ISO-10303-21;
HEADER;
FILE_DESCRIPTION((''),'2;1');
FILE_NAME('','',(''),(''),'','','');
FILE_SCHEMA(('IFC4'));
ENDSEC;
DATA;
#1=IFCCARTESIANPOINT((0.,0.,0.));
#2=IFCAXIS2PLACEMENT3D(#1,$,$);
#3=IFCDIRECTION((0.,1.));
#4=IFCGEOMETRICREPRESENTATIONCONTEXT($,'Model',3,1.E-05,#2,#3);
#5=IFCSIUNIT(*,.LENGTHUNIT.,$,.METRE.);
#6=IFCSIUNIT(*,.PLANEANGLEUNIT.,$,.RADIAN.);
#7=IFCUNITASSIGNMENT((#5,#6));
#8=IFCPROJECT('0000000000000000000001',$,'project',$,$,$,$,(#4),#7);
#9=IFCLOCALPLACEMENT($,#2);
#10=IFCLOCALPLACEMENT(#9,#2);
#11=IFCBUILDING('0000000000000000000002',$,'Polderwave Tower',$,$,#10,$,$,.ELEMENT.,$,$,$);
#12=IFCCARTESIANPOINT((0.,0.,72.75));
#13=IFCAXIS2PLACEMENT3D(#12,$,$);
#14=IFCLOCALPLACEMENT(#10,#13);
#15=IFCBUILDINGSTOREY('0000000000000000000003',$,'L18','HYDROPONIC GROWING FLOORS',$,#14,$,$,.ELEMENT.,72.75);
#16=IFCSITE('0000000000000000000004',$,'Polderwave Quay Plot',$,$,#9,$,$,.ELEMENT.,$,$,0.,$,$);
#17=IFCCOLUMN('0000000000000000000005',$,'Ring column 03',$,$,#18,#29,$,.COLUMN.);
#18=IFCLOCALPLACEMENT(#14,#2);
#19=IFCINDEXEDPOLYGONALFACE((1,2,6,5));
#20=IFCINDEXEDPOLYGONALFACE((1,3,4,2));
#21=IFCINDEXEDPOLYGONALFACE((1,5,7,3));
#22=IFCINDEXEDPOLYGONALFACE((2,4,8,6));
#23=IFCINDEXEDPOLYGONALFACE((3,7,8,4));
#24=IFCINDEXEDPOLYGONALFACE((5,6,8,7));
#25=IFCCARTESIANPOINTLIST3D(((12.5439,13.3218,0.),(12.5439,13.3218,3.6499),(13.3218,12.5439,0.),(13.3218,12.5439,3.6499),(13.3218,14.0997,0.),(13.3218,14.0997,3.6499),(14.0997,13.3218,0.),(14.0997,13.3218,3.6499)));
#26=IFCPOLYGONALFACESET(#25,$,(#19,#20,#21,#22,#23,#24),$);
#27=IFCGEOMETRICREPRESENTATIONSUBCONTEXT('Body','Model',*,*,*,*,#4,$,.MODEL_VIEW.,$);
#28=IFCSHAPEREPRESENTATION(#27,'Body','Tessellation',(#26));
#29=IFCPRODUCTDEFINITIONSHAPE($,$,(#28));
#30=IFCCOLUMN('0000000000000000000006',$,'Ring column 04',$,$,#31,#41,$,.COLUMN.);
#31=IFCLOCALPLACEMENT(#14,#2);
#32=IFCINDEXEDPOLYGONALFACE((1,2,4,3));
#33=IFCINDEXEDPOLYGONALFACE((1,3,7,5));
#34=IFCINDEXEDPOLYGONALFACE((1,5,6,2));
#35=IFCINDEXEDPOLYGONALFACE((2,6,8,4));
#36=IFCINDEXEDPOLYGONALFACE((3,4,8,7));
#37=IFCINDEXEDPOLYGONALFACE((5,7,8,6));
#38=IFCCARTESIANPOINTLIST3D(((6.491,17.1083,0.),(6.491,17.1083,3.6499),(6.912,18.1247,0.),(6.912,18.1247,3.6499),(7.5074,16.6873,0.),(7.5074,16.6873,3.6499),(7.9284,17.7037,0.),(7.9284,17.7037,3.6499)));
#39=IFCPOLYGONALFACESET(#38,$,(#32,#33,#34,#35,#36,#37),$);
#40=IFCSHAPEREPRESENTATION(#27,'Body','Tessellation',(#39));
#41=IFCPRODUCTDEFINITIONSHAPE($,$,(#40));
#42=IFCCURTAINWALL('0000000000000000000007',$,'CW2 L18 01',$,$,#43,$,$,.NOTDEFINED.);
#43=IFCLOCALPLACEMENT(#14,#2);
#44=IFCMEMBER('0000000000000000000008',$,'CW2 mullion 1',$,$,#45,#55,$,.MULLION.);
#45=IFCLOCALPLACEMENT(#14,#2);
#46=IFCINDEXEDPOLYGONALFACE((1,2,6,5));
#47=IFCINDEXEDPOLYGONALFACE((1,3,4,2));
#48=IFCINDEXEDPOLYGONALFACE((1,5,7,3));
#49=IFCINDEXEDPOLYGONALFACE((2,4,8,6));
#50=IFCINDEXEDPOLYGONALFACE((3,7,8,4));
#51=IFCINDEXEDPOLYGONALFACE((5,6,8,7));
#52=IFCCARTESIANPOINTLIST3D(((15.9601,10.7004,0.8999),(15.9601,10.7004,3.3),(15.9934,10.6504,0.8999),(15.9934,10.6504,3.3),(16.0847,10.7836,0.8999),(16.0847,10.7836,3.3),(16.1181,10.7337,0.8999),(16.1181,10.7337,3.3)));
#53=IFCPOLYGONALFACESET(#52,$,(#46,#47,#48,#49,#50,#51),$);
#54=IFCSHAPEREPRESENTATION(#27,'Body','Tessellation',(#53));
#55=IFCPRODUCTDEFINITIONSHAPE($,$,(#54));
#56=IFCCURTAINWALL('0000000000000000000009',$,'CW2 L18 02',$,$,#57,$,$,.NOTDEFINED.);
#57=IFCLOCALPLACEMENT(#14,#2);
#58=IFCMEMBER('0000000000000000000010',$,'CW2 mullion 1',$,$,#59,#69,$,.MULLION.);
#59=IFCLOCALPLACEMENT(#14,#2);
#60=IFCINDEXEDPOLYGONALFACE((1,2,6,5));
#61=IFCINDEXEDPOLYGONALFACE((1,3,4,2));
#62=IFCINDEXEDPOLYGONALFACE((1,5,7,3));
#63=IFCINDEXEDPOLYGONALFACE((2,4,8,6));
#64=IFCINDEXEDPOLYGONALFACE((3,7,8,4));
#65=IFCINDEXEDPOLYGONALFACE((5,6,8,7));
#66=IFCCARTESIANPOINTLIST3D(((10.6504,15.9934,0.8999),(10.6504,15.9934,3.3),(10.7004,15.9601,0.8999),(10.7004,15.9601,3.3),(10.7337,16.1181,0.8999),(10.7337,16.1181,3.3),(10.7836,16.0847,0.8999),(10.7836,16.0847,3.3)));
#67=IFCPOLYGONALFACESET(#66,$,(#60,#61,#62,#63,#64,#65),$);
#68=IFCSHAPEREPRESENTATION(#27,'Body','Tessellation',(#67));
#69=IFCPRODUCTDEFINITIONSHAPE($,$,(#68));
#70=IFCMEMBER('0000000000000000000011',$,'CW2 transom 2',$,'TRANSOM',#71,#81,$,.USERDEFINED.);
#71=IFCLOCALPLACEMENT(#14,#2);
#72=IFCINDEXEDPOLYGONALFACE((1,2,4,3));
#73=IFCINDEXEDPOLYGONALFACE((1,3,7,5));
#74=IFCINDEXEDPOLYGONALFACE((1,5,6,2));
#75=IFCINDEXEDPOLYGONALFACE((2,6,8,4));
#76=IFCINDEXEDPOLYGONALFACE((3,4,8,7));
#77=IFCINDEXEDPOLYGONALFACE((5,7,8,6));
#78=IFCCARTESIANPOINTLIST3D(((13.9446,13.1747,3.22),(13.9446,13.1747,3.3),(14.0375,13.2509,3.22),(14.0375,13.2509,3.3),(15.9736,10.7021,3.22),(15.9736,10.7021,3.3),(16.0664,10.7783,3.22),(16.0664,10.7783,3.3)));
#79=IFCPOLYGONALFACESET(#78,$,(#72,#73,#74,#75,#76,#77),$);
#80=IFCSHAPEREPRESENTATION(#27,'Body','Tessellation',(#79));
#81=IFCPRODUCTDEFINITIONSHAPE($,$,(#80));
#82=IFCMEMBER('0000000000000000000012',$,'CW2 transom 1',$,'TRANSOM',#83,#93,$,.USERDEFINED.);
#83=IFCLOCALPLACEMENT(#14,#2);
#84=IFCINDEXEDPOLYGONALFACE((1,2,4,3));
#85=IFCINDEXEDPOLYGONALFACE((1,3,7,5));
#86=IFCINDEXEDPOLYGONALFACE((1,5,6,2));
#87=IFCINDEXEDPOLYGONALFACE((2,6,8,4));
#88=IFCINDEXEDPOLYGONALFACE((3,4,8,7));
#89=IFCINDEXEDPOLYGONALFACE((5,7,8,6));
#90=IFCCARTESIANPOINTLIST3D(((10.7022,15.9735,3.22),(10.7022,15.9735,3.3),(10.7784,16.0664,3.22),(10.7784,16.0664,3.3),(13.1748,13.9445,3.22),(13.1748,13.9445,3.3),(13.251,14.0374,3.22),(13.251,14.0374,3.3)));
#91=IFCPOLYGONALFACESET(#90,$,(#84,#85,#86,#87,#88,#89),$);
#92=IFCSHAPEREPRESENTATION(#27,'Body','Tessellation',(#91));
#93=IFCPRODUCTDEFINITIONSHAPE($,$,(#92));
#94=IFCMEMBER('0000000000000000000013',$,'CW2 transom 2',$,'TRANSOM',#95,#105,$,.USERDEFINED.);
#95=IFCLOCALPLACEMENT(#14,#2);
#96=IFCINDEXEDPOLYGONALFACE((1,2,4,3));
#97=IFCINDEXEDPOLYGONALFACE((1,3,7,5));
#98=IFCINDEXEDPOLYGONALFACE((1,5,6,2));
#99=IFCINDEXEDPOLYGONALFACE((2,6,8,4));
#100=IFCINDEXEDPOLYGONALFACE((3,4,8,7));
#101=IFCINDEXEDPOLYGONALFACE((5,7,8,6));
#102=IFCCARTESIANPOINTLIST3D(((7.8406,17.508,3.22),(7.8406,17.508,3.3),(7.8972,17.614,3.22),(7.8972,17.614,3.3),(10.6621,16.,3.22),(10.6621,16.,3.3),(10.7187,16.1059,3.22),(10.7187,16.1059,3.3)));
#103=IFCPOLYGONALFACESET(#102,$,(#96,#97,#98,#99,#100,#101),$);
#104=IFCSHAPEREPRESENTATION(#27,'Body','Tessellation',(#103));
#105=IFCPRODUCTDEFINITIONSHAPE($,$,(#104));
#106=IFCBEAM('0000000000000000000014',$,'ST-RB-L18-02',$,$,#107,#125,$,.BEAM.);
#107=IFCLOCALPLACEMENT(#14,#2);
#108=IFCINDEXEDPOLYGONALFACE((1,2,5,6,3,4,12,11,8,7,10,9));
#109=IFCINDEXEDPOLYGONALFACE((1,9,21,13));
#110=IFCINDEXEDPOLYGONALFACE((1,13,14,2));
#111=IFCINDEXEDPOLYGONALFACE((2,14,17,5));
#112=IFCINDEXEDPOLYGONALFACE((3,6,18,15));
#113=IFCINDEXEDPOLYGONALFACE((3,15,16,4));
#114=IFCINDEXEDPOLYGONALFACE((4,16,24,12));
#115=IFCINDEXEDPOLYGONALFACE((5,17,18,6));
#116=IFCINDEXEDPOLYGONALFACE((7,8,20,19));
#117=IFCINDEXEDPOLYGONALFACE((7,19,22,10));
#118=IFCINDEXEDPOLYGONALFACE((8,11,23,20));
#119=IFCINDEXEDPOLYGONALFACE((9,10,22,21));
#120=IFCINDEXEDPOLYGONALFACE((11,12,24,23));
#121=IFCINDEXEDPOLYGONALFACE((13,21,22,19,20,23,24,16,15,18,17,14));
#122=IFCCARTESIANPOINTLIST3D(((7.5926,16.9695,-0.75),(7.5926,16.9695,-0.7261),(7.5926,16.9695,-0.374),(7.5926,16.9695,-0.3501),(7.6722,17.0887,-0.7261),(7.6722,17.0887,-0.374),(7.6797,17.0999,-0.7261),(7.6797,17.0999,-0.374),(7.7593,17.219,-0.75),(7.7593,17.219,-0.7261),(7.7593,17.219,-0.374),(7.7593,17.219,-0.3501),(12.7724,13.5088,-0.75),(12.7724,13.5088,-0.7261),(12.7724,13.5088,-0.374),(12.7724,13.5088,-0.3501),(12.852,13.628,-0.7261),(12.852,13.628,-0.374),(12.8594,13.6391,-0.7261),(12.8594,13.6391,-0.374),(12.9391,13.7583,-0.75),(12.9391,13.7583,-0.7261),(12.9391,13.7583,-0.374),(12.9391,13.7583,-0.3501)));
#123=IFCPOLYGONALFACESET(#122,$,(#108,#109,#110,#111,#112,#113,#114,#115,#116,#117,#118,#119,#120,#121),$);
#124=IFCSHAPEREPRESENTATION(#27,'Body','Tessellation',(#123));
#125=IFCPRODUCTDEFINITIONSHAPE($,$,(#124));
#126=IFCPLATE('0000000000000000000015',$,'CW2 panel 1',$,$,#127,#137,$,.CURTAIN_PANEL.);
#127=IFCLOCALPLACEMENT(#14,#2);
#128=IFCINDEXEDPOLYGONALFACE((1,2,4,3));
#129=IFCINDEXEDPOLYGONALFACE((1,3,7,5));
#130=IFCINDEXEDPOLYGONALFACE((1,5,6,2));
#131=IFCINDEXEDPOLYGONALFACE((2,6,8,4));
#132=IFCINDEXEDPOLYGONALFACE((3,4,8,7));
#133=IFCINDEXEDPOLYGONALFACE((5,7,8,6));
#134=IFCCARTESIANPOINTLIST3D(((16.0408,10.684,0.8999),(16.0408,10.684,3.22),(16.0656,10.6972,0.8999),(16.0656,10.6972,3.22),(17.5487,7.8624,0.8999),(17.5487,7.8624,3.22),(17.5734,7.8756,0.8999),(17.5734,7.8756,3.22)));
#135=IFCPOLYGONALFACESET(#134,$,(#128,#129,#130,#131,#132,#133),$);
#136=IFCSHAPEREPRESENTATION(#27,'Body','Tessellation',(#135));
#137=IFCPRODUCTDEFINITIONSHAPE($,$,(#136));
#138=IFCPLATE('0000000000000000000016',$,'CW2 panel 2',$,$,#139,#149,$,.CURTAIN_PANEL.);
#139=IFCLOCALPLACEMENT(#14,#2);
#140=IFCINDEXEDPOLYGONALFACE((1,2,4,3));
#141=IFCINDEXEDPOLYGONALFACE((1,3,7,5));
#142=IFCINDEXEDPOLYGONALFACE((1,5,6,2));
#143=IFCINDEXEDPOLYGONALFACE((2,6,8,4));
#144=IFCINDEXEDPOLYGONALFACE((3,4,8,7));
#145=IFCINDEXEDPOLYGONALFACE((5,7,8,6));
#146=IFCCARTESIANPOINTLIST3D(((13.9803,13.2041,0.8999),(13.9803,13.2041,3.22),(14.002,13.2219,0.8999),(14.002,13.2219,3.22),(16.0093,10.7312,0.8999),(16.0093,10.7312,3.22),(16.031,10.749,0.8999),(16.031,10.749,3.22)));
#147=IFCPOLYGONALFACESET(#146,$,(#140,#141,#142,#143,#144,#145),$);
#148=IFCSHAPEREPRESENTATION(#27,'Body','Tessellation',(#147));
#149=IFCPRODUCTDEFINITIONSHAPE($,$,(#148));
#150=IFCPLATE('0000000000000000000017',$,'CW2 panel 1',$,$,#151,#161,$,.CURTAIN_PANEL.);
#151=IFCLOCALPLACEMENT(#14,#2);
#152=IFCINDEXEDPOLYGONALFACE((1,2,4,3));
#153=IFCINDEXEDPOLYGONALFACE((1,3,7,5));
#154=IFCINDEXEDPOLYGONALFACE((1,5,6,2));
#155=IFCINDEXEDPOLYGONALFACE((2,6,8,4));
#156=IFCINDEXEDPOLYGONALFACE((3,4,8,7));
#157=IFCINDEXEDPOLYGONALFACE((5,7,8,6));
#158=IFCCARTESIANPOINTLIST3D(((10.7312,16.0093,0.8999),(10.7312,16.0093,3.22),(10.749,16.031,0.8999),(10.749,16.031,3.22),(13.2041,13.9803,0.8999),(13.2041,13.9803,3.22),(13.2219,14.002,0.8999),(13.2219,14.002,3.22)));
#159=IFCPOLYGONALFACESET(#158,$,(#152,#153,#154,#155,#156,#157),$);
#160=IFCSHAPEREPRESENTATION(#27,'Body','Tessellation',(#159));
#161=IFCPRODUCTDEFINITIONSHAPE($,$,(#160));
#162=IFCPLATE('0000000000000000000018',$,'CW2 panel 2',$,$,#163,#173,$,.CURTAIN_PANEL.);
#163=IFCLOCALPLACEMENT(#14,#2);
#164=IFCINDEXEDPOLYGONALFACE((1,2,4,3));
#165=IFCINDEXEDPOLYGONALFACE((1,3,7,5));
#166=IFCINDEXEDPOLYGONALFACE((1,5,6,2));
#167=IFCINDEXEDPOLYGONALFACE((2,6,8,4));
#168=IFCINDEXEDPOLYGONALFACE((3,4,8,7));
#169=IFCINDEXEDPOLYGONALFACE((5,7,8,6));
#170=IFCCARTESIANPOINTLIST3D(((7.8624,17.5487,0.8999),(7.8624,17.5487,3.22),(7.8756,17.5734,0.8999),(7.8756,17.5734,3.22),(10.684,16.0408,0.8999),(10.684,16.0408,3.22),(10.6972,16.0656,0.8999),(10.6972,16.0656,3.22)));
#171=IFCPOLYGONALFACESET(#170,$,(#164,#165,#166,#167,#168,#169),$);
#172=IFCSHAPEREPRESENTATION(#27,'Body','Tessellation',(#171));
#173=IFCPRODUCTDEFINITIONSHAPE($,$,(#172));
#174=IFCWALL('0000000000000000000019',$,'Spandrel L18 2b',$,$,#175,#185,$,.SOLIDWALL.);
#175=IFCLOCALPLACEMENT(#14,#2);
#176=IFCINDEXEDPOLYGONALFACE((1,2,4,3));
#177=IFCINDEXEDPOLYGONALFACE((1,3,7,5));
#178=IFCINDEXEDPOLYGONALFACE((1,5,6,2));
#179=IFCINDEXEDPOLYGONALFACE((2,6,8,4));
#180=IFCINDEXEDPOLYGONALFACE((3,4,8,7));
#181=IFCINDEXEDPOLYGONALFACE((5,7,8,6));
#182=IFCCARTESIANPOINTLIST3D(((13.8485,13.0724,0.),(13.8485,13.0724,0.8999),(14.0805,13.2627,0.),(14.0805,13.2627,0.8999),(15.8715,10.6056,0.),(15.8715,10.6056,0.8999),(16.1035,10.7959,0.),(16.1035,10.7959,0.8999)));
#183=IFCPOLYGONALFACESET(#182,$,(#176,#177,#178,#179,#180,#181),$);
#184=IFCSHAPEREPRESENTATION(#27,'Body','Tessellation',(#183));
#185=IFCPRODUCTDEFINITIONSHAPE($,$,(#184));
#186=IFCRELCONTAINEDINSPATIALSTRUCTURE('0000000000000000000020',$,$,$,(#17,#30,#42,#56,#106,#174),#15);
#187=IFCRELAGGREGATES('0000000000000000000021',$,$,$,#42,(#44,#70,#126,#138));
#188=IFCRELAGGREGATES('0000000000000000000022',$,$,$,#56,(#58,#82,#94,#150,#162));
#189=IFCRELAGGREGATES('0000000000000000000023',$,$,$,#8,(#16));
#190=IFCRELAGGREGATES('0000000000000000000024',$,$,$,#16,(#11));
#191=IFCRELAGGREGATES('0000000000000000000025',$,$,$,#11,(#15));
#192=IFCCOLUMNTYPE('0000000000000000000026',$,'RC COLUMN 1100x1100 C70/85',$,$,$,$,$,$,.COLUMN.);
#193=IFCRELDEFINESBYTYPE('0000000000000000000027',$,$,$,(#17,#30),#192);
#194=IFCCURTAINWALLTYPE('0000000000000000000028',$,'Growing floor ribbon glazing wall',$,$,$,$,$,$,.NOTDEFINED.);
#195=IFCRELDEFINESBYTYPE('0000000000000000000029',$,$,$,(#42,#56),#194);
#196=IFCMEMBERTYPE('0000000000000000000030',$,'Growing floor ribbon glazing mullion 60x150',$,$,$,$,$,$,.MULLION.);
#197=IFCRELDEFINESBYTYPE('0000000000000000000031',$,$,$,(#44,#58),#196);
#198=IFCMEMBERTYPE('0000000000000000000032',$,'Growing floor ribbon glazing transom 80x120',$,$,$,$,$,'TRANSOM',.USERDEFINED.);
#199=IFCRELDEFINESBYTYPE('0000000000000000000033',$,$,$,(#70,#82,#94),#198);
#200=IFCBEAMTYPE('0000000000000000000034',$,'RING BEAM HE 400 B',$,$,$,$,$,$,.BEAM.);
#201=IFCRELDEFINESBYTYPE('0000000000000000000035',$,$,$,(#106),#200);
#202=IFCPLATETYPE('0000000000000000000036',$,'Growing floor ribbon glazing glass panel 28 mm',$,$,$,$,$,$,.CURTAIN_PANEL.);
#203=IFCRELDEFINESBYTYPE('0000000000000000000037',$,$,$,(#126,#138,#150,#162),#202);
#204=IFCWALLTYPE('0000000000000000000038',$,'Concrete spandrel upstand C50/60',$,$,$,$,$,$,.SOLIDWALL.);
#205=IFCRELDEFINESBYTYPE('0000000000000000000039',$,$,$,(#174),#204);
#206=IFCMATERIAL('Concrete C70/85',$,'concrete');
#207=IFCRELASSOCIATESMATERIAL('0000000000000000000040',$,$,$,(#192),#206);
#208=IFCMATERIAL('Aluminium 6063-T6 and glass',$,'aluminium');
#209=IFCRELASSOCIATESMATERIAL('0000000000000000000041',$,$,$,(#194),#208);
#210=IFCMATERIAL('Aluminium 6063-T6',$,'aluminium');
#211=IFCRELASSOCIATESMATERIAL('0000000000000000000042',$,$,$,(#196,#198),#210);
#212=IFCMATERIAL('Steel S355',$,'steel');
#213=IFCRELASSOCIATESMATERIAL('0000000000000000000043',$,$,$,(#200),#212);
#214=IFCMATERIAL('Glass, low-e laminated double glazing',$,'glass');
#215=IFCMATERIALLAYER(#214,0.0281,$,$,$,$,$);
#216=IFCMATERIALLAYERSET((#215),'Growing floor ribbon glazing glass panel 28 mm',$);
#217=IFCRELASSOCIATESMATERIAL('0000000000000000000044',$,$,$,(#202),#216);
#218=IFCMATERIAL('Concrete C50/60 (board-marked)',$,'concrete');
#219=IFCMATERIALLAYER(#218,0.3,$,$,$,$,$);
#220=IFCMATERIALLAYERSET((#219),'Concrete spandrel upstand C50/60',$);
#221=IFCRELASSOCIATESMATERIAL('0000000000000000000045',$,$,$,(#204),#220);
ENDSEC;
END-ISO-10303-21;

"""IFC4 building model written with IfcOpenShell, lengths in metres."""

from ifc_helpers import new_model, si_unit, direction, frame, frame_2d, origin, origin_2d, place, context, subcontext, project, spatial, rectangle, i_section, extrude, material, layer, layer_set, material_profile, profile_set, type_object, element, aggregate, save


model = new_model("IFC4")

# Units and contexts
model_context = context("Model", 3, precision=1e-05, world=origin(), true_north=direction((0.0, 1.0)))
body_context = subcontext(model_context, "Body", "Model", "MODEL_VIEW")
ifc_project = project(units=[si_unit("LENGTHUNIT", "METRE"), si_unit("PLANEANGLEUNIT", "RADIAN")], contexts=[model_context])

# Site, building, storey
site_placement = place(None, origin())
site = spatial("IfcSite", under=ifc_project, at=site_placement, Name="Polderwave Quay Plot", CompositionType="ELEMENT", RefElevation=0.0)
building_placement = place(site_placement, origin())
building = spatial("IfcBuilding", under=site, at=building_placement, Name="Polderwave Tower", CompositionType="ELEMENT")
storey_placement = place(building_placement, frame((0.0, 0.0, 72.75)))
storey = spatial("IfcBuildingStorey", under=building, at=storey_placement, Name="L18", Description="HYDROPONIC GROWING FLOORS", CompositionType="ELEMENT", Elevation=72.75)

# Columns
ifc_material_1 = material(Name="Concrete C70/85", Category="concrete")
ifc_material_profile_1 = material_profile(ifc_material_1, rectangle(XDim=1.1001, YDim=1.1001, at=origin_2d()), Name="RC 1100x1100")
ifc_profile_set_1 = profile_set([ifc_material_profile_1], Name="Concrete C70/85")
column_type = type_object("IfcColumnType", Name="RC COLUMN 1100x1100 C70/85", PredefinedType="COLUMN", material=ifc_profile_set_1)
for number, where, z_axis, x_axis, name in (
    (1, (13.3218, 13.3218, 0.0), (0.0, 0.0, 1.0), (0.707107, 0.707107, 0.0), "Ring column 03"),
    (2, (7.2097, 17.406, 0.0), (0.0, 0.0, 1.0), (0.382683, 0.92388, 0.0), "Ring column 04"),
):
    element("IfcColumn", number, at=place(storey_placement, frame(where, z_axis=z_axis, x_axis=x_axis)), inside=storey, type_object=column_type, Name=name, PredefinedType="COLUMN", context=body_context, shape_type="SweptSolid", body=[
        extrude(rectangle(XDim=1.1001, YDim=1.1001, at=origin_2d()), origin(), (0.0, 0.0, 1.0), 3.6499),
    ])

# Curtain walls, members
ifc_material_2 = material(Name="Aluminium 6063-T6 and glass", Category="aluminium")
curtain_wall_type = type_object("IfcCurtainWallType", Name="Growing floor ribbon glazing wall", PredefinedType="NOTDEFINED", material=ifc_material_2)
curtain_wall_1_placement = place(storey_placement, origin())
curtain_wall_1 = element("IfcCurtainWall", 3, at=curtain_wall_1_placement, inside=storey, type_object=curtain_wall_type, Name="CW2 L18 01", PredefinedType="NOTDEFINED")
ifc_material_3 = material(Name="Aluminium 6063-T6", Category="aluminium")
ifc_material_profile_2 = material_profile(ifc_material_3, rectangle(XDim=0.1499, YDim=0.0601, at=origin_2d()), Name="AL 60x150")
ifc_profile_set_2 = profile_set([ifc_material_profile_2], Name="Aluminium 6063-T6")
member_type_1 = type_object("IfcMemberType", Name="Growing floor ribbon glazing mullion 60x150", PredefinedType="MULLION", material=ifc_profile_set_2)
member_1_placement = place(storey_placement, frame((16.0391, 10.717, 0.8999), z_axis=(0.0, 0.0, 1.0), x_axis=(-0.831519, -0.555496, 0.0)))
member_1 = element("IfcMember", 4, at=member_1_placement, type_object=member_type_1, Name="CW2 mullion 1", PredefinedType="MULLION", context=body_context, shape_type="SweptSolid", body=[
    extrude(rectangle(XDim=0.1499, YDim=0.0601, at=origin_2d()), origin(), (0.0, 0.0, 1.0), 2.4001),
])
curtain_wall_2_placement = place(storey_placement, origin())
curtain_wall_2 = element("IfcCurtainWall", 5, at=curtain_wall_2_placement, inside=storey, type_object=curtain_wall_type, Name="CW2 L18 02", PredefinedType="NOTDEFINED")
member_2_placement = place(storey_placement, frame((10.717, 16.0391, 0.8999), z_axis=(0.0, 0.0, 1.0), x_axis=(-0.555496, -0.831519, 0.0)))
member_2 = element("IfcMember", 6, at=member_2_placement, type_object=member_type_1, Name="CW2 mullion 1", PredefinedType="MULLION", context=body_context, shape_type="SweptSolid", body=[
    extrude(rectangle(XDim=0.1499, YDim=0.0601, at=origin_2d()), origin(), (0.0, 0.0, 1.0), 2.4001),
])

# Members
ifc_material_profile_3 = material_profile(ifc_material_3, rectangle(XDim=0.1201, YDim=0.0801, at=origin_2d()), Name="AL 80x120")
ifc_profile_set_3 = profile_set([ifc_material_profile_3], Name="Aluminium 6063-T6")
member_type_2 = type_object("IfcMemberType", Name="Growing floor ribbon glazing transom 80x120", ElementType="TRANSOM", PredefinedType="USERDEFINED", material=ifc_profile_set_3)
member_3_placement = place(storey_placement, frame((16.02, 10.7402, 3.26), z_axis=(-0.634355, 0.773042, 0.0), x_axis=(-0.773042, -0.634355, 0.0)))
member_3 = element("IfcMember", 7, at=member_3_placement, type_object=member_type_2, Name="CW2 transom 2", ObjectType="TRANSOM", PredefinedType="USERDEFINED", context=body_context, shape_type="SweptSolid", body=[
    extrude(rectangle(XDim=0.1201, YDim=0.0801, at=origin_2d()), origin(), (0.0, 0.0, 1.0), 3.1985),
])
member_4_placement = place(storey_placement, frame((13.2129, 13.991, 3.26), z_axis=(-0.773042, 0.634355, 0.0), x_axis=(-0.634355, -0.773042, 0.0)))
member_4 = element("IfcMember", 8, at=member_4_placement, type_object=member_type_2, Name="CW2 transom 1", ObjectType="TRANSOM", PredefinedType="USERDEFINED", context=body_context, shape_type="SweptSolid", body=[
    extrude(rectangle(XDim=0.1201, YDim=0.0801, at=origin_2d()), origin(), (0.0, 0.0, 1.0), 3.1985),
])
member_5_placement = place(storey_placement, frame((10.6904, 16.053, 3.26), z_axis=(-0.881932, 0.471376, 0.0), x_axis=(-0.471376, -0.881932, 0.0)))
member_5 = element("IfcMember", 9, at=member_5_placement, type_object=member_type_2, Name="CW2 transom 2", ObjectType="TRANSOM", PredefinedType="USERDEFINED", context=body_context, shape_type="SweptSolid", body=[
    extrude(rectangle(XDim=0.1201, YDim=0.0801, at=origin_2d()), origin(), (0.0, 0.0, 1.0), 3.1992),
])

# Beam
ifc_material_4 = material(Name="Steel S355", Category="steel")
ifc_material_profile_4 = material_profile(ifc_material_4, i_section(OverallWidth=0.3, OverallDepth=0.3999, WebThickness=0.0134, FlangeThickness=0.0239, at=origin_2d()), Name="HE 400 B")
ifc_profile_set_4 = profile_set([ifc_material_profile_4], Name="Steel S355")
beam_type = type_object("IfcBeamType", Name="RING BEAM HE 400 B", PredefinedType="BEAM", material=ifc_profile_set_4)
beam_placement = place(storey_placement, frame((12.8557, 13.6335, -0.55), z_axis=(-0.831489, 0.555541, 0.0), x_axis=(-0.555541, -0.831489, 0.0)))
element("IfcBeam", 10, at=beam_placement, inside=storey, type_object=beam_type, Name="ST-RB-L18-02", PredefinedType="BEAM", context=body_context, shape_type="SweptSolid", body=[
    extrude(i_section(OverallWidth=0.3, OverallDepth=0.3999, WebThickness=0.0134, FlangeThickness=0.0239, at=origin_2d()), origin(), (0.0, 0.0, 1.0), 6.2295),
])

# Plates
ifc_material_5 = material(Name="Glass, low-e laminated double glazing", Category="glass")
ifc_layer_1 = layer(ifc_material_5, 0.0281)
ifc_layer_set_1 = layer_set([ifc_layer_1], Name="Growing floor ribbon glazing glass panel 28 mm")
plate_type = type_object("IfcPlateType", Name="Growing floor ribbon glazing glass panel 28 mm", PredefinedType="CURTAIN_PANEL", material=ifc_layer_set_1)
plate_1_placement = place(storey_placement, frame((16.8071, 9.2798, 0.8999), z_axis=(0.0, 0.0, 1.0), x_axis=(-0.471327, 0.881958, 0.0)))
plate_1 = element("IfcPlate", 11, at=plate_1_placement, type_object=plate_type, Name="CW2 panel 1", PredefinedType="CURTAIN_PANEL", context=body_context, shape_type="SweptSolid", body=[
    extrude(rectangle(XDim=3.1992, YDim=0.0281, at=origin_2d()), origin(), (0.0, 0.0, 1.0), 2.3201),
])
plate_2_placement = place(storey_placement, frame((15.0056, 11.9766, 0.8999), z_axis=(0.0, 0.0, 1.0), x_axis=(-0.634316, 0.773074, 0.0)))
plate_2 = element("IfcPlate", 12, at=plate_2_placement, type_object=plate_type, Name="CW2 panel 2", PredefinedType="CURTAIN_PANEL", context=body_context, shape_type="SweptSolid", body=[
    extrude(rectangle(XDim=3.1987, YDim=0.0281, at=origin_2d()), origin(), (0.0, 0.0, 1.0), 2.3201),
])
aggregate(curtain_wall_1, [member_1, member_3, plate_1, plate_2])
plate_3_placement = place(storey_placement, frame((11.9766, 15.0056, 0.8999), z_axis=(0.0, 0.0, 1.0), x_axis=(-0.773074, 0.634316, 0.0)))
plate_3 = element("IfcPlate", 13, at=plate_3_placement, type_object=plate_type, Name="CW2 panel 1", PredefinedType="CURTAIN_PANEL", context=body_context, shape_type="SweptSolid", body=[
    extrude(rectangle(XDim=3.1987, YDim=0.0281, at=origin_2d()), origin(), (0.0, 0.0, 1.0), 2.3201),
])
plate_4_placement = place(storey_placement, frame((9.2798, 16.8071, 0.8999), z_axis=(0.0, 0.0, 1.0), x_axis=(-0.881958, 0.471327, 0.0)))
plate_4 = element("IfcPlate", 14, at=plate_4_placement, type_object=plate_type, Name="CW2 panel 2", PredefinedType="CURTAIN_PANEL", context=body_context, shape_type="SweptSolid", body=[
    extrude(rectangle(XDim=3.1992, YDim=0.0281, at=origin_2d()), origin(), (0.0, 0.0, 1.0), 2.3201),
])
aggregate(curtain_wall_2, [member_2, member_4, member_5, plate_3, plate_4])

# Wall
ifc_material_6 = material(Name="Concrete C50/60 (board-marked)", Category="concrete")
ifc_layer_2 = layer(ifc_material_6, 0.3)
ifc_layer_set_2 = layer_set([ifc_layer_2], Name="Concrete spandrel upstand C50/60")
wall_type_1 = type_object("IfcWallType", Name="Concrete spandrel upstand C50/60", PredefinedType="SOLIDWALL", material=ifc_layer_set_2)
for number, where, z_axis, x_axis, name in (
    (15, (15.9875, 10.7007, 0.0), (0.0, 0.0, 1.0), (-0.634113, 0.773241, 0.0), "Spandrel L18 2b"),
):
    element("IfcWall", number, at=place(storey_placement, frame(where, z_axis=z_axis, x_axis=x_axis)), inside=storey, type_object=wall_type_1, Name=name, PredefinedType="SOLIDWALL", context=body_context, shape_type="SweptSolid", body=[
        extrude(rectangle(XDim=3.1902, YDim=0.3, at=frame_2d((1.5952, 0.0))), origin(), (0.0, 0.0, 1.0), 0.8999),
    ])

save(model, "model.ifc")
